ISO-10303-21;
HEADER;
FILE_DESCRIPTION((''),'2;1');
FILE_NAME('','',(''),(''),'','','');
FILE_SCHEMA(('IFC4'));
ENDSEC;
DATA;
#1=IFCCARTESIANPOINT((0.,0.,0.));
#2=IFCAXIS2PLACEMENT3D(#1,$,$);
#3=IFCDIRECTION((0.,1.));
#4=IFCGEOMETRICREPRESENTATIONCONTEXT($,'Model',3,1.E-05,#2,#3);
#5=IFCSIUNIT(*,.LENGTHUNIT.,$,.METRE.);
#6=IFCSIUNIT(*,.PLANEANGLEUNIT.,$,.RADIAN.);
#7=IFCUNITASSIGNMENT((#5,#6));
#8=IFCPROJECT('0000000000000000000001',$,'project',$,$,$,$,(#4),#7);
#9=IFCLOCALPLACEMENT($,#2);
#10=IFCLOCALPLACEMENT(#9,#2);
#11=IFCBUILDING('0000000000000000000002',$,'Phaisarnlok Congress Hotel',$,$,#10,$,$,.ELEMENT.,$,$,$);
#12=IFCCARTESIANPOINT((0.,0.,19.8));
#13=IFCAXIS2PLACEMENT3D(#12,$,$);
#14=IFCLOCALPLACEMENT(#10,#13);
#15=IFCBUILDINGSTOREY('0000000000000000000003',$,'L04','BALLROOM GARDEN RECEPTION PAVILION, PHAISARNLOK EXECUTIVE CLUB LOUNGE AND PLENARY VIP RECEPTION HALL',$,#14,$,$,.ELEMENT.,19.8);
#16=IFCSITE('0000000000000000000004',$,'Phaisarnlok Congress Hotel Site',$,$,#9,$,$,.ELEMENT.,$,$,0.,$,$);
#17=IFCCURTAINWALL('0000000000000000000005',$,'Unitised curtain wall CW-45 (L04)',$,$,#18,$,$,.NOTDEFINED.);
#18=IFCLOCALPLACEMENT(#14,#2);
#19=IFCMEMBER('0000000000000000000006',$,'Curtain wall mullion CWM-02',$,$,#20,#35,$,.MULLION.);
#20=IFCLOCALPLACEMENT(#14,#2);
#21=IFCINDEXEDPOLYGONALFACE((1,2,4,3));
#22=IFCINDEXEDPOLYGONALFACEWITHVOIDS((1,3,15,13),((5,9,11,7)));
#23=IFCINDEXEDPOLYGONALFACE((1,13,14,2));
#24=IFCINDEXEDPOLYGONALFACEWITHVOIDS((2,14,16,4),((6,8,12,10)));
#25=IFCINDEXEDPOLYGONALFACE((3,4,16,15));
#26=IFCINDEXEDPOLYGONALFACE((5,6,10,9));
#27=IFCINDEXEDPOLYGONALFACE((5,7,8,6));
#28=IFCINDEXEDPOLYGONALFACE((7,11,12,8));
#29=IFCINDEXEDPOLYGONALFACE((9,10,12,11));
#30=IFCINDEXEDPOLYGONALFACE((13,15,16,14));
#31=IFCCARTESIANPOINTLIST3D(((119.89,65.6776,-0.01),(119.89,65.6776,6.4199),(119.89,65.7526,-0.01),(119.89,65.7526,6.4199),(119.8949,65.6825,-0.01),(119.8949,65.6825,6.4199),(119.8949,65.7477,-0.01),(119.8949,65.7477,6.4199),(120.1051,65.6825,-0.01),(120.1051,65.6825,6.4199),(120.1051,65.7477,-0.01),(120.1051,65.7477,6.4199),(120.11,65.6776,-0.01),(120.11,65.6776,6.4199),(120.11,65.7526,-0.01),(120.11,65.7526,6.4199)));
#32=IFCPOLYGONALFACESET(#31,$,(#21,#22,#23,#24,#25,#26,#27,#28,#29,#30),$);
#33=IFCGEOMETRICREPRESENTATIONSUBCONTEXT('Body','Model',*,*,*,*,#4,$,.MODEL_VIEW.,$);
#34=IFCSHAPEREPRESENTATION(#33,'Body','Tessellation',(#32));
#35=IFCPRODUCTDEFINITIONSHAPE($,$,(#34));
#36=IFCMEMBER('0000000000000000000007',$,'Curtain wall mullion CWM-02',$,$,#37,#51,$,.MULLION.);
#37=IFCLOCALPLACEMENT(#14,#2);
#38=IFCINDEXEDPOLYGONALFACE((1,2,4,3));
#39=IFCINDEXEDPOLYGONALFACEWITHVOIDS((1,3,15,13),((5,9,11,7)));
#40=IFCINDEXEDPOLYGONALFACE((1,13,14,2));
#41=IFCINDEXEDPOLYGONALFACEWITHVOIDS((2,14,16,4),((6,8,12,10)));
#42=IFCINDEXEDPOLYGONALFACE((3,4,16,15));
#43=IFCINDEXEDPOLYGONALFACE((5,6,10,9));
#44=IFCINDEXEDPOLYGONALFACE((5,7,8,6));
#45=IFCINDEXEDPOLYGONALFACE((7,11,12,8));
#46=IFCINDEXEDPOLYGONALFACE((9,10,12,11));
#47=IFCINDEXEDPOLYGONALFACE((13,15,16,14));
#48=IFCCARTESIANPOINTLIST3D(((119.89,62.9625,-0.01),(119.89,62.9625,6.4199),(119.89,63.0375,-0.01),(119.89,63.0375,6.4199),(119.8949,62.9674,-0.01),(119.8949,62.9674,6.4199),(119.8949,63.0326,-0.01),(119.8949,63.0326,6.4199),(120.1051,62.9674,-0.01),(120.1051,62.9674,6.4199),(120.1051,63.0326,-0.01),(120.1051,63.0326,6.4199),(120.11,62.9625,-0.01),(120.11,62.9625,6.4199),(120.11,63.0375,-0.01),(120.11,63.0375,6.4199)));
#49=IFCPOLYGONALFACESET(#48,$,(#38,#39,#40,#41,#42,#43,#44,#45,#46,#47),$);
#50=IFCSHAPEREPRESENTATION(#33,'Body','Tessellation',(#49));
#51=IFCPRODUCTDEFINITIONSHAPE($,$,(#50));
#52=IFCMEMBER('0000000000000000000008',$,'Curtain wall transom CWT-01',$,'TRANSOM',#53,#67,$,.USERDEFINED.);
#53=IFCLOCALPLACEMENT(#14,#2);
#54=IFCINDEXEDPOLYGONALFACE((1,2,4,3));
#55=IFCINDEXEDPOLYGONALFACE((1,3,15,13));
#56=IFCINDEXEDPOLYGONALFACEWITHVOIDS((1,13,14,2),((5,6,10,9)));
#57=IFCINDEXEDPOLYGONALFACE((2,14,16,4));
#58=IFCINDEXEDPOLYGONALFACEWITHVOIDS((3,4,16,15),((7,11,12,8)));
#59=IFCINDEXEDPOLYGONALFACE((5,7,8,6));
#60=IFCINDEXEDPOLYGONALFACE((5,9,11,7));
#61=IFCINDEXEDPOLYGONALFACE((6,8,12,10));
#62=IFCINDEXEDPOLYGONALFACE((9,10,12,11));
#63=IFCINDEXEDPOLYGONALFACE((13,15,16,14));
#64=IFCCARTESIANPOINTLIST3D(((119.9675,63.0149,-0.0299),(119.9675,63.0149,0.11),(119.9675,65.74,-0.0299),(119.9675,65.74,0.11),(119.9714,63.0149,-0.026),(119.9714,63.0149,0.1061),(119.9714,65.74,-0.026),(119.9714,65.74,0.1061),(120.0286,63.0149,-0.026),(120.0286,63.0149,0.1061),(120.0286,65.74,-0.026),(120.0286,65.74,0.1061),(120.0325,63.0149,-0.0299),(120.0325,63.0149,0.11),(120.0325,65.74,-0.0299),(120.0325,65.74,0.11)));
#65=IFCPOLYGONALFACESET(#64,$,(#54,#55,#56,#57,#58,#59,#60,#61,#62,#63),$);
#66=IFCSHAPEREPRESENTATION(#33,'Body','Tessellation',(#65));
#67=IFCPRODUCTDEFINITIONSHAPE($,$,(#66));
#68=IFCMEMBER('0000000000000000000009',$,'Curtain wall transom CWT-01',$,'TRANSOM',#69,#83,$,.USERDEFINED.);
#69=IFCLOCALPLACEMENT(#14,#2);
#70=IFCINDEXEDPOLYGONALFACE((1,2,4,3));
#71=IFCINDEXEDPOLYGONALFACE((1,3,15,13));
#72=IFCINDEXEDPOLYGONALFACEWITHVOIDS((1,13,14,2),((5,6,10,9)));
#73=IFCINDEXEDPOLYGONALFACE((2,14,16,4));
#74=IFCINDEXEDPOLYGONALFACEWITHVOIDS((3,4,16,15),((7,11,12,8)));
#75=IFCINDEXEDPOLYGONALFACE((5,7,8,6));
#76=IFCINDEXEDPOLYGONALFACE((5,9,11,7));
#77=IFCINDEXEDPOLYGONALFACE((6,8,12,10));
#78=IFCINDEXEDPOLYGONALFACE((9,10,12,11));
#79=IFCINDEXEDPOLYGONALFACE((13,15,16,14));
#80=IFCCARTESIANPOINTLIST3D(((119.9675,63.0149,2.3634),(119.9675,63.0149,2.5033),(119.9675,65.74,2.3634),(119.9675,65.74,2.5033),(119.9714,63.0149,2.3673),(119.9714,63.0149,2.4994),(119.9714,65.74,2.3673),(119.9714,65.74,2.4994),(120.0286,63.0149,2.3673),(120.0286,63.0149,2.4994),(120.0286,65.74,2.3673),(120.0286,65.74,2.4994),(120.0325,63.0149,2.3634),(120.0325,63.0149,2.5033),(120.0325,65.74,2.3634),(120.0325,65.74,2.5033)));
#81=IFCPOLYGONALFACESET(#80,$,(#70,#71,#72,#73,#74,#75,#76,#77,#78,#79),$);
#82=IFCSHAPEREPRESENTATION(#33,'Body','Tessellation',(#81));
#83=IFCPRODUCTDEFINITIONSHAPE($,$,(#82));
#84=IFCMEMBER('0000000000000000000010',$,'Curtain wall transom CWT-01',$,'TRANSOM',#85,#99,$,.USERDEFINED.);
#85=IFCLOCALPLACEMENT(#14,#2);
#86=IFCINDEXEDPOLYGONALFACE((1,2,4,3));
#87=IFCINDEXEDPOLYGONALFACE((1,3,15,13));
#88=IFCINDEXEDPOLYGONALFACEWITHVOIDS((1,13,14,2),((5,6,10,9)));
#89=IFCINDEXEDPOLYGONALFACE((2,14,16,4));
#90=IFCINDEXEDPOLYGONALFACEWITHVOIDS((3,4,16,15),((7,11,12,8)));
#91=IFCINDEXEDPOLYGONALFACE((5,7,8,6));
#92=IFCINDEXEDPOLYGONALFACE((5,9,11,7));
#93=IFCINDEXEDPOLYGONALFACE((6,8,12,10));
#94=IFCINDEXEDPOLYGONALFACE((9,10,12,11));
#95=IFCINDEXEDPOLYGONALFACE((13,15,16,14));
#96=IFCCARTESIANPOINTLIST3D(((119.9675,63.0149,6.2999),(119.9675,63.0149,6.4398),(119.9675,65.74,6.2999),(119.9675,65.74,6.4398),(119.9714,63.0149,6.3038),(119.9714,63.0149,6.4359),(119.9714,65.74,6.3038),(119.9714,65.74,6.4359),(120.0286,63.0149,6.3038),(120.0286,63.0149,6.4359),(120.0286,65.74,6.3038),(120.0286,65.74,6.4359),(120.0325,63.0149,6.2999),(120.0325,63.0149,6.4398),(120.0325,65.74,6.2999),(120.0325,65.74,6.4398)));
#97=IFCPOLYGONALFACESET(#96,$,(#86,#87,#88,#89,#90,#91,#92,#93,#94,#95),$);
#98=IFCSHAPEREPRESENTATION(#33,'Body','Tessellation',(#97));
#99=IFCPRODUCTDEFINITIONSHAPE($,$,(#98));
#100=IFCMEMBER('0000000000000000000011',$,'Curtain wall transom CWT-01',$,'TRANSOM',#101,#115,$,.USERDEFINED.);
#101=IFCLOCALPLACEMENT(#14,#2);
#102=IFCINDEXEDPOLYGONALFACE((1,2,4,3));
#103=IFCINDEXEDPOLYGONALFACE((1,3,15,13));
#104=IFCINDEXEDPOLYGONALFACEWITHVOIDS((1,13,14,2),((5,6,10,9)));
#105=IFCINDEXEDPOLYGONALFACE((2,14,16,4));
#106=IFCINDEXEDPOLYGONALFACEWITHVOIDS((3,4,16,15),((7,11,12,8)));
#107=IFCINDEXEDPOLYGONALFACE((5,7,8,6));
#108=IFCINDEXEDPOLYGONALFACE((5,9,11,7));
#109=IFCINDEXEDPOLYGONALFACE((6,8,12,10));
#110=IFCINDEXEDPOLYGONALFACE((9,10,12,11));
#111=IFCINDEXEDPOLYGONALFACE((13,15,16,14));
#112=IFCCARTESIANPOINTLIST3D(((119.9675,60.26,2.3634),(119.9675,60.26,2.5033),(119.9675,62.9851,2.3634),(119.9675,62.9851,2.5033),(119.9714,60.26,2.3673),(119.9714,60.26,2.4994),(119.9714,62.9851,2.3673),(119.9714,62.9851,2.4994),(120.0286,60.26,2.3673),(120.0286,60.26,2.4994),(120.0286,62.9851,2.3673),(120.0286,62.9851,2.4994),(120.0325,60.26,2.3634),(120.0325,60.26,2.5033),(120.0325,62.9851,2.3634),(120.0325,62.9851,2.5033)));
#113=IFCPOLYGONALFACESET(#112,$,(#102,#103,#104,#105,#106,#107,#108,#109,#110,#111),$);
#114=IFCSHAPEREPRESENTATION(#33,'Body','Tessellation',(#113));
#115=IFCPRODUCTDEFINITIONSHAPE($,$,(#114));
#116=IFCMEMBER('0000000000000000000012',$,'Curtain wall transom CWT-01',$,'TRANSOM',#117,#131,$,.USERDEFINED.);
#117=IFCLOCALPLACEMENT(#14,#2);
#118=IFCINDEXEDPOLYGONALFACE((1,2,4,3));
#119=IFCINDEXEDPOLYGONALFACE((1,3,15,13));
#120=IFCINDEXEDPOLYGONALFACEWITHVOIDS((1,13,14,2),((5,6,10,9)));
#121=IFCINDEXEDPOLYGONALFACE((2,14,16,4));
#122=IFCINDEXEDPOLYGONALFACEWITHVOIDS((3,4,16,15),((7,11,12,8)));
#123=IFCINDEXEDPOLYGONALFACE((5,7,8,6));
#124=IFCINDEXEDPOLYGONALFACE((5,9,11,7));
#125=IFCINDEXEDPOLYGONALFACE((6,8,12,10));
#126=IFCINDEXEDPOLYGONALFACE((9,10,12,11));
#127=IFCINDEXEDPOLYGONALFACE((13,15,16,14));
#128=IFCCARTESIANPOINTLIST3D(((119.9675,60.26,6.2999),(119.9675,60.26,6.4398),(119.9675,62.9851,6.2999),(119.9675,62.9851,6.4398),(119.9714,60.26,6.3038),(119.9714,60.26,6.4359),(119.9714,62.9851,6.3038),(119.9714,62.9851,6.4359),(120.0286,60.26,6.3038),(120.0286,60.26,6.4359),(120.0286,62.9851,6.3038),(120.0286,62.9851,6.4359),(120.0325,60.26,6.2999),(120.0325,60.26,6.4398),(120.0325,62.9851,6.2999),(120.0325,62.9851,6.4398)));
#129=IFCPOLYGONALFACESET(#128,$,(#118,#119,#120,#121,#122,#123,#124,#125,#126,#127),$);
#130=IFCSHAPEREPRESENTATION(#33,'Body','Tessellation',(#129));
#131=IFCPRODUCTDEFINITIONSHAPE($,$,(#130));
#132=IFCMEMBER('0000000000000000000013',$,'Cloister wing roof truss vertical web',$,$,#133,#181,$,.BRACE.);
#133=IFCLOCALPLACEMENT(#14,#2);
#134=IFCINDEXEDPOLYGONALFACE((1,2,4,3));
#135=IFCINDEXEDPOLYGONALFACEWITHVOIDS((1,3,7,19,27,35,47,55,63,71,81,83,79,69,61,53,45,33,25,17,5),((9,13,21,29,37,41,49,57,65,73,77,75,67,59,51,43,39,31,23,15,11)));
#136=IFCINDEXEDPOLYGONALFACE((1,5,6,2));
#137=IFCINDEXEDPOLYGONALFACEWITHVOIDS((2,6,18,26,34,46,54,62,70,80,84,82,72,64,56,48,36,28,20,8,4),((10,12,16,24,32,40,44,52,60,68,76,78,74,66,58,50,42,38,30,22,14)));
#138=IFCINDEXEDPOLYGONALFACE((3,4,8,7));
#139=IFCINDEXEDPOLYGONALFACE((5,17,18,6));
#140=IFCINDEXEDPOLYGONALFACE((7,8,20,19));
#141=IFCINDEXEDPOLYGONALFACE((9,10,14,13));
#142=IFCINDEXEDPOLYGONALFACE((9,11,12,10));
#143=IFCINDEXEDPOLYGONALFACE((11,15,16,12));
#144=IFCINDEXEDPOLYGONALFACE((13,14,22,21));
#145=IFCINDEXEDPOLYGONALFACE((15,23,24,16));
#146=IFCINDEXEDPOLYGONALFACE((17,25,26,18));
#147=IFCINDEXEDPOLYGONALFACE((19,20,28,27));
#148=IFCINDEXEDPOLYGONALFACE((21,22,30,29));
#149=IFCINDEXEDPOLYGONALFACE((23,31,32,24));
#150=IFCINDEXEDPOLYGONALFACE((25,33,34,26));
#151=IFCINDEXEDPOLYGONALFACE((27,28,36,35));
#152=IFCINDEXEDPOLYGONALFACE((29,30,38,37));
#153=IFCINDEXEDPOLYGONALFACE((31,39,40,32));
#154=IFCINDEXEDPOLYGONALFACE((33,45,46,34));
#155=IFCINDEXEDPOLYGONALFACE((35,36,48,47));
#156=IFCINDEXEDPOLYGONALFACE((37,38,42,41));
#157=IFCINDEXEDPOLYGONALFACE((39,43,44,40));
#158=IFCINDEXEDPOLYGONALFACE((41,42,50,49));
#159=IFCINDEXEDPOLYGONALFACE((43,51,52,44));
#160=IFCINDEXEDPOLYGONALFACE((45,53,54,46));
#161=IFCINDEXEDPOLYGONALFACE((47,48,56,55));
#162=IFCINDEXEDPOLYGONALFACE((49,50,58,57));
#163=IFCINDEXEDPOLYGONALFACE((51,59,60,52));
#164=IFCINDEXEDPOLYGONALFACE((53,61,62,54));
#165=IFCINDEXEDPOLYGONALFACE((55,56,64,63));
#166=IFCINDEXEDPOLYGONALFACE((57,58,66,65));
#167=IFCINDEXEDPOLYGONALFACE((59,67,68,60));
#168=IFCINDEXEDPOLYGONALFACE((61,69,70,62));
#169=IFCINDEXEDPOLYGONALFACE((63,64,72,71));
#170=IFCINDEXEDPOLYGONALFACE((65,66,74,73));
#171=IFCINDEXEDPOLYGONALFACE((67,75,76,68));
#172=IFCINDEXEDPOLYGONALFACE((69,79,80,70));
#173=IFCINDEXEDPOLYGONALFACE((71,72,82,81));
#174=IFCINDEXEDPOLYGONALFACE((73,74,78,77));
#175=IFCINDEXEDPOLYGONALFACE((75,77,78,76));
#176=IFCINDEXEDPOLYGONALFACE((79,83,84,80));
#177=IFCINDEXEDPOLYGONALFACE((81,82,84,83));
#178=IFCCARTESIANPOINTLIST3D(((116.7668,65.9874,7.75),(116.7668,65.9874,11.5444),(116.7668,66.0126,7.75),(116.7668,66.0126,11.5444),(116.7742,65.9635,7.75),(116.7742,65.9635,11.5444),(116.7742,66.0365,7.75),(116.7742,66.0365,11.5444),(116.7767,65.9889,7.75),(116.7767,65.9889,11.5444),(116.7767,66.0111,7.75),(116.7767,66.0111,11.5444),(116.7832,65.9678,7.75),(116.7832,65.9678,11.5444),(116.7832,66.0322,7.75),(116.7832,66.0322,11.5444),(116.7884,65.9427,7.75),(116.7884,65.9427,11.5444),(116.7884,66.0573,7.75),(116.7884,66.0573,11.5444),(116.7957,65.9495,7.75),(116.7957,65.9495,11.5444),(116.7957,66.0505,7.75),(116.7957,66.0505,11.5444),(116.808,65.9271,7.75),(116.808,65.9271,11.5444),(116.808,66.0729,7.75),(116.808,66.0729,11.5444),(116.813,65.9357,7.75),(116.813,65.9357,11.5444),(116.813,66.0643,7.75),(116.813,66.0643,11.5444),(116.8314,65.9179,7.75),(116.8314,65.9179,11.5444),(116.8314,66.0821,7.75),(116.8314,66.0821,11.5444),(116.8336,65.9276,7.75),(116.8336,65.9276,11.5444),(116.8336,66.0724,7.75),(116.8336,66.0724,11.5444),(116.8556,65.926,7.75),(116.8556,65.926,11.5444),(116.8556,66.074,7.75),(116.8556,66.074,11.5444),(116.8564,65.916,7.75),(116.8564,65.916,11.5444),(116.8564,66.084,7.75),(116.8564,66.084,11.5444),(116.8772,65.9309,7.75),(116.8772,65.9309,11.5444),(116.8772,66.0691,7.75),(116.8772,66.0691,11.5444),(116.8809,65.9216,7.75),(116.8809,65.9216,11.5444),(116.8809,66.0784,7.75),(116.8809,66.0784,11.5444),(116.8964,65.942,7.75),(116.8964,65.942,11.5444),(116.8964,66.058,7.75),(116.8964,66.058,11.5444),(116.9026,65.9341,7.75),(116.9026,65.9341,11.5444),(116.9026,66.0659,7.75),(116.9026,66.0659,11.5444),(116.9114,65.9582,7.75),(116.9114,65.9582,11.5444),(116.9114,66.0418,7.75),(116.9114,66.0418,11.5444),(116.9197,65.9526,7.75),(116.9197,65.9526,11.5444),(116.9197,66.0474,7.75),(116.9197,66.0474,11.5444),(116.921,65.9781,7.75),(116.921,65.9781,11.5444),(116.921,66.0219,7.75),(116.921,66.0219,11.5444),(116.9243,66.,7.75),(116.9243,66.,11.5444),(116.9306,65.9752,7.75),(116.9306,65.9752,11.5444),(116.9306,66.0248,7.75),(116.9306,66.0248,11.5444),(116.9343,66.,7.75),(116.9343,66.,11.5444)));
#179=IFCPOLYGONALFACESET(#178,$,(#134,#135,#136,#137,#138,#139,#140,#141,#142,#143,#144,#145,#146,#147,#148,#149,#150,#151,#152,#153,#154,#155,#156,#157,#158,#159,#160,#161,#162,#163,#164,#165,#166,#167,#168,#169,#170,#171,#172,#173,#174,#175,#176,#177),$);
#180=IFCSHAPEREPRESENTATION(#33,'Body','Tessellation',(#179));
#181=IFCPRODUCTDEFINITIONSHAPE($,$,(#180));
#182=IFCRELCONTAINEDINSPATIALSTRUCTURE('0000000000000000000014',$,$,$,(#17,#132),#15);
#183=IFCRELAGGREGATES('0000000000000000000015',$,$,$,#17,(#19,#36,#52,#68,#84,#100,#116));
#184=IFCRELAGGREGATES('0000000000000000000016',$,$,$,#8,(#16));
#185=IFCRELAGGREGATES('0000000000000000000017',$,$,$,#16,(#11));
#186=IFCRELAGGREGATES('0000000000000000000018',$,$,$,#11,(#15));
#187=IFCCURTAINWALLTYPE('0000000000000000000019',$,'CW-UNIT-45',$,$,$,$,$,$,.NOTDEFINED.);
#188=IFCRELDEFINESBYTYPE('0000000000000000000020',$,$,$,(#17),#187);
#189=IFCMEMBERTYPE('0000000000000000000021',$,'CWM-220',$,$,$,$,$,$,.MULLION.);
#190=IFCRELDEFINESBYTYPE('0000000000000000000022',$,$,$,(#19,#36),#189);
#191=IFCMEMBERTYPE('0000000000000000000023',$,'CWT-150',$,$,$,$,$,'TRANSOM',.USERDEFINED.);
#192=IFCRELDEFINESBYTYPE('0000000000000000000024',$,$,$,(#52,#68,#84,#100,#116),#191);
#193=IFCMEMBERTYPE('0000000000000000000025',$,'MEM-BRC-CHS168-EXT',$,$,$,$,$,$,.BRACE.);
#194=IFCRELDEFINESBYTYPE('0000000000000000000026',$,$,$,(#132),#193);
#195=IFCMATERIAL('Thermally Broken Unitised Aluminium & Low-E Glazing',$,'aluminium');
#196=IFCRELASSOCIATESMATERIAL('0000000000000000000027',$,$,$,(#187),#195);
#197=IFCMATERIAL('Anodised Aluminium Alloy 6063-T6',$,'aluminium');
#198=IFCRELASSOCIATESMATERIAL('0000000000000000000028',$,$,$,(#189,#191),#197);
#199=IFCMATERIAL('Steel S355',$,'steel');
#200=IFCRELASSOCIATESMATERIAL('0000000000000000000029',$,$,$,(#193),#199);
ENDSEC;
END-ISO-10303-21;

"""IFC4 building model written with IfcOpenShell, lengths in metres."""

from ifc_helpers import new_model, si_unit, direction, frame, origin, origin_2d, place, context, subcontext, project, spatial, hollow_rectangle, hollow_circle, extrude, material, material_profile, profile_set, type_object, element, aggregate, save


model = new_model("IFC4")

# Units and contexts
model_context = context("Model", 3, precision=1e-05, world=origin(), true_north=direction((0.0, 1.0)))
body_context = subcontext(model_context, "Body", "Model", "MODEL_VIEW")
ifc_project = project(units=[si_unit("LENGTHUNIT", "METRE"), si_unit("PLANEANGLEUNIT", "RADIAN")], contexts=[model_context])

# Site, building, storey
site_placement = place(None, origin())
site = spatial("IfcSite", under=ifc_project, at=site_placement, Name="Phaisarnlok Congress Hotel Site", CompositionType="ELEMENT", RefElevation=0.0)
building_placement = place(site_placement, origin())
building = spatial("IfcBuilding", under=site, at=building_placement, Name="Phaisarnlok Congress Hotel", CompositionType="ELEMENT")
storey_placement = place(building_placement, frame((0.0, 0.0, 19.8)))
storey = spatial("IfcBuildingStorey", under=building, at=storey_placement, Name="L04", Description="BALLROOM GARDEN RECEPTION PAVILION, PHAISARNLOK EXECUTIVE CLUB LOUNGE AND PLENARY VIP RECEPTION HALL", CompositionType="ELEMENT", Elevation=19.8)

# Curtain wall, members
ifc_material_1 = material(Name="Thermally Broken Unitised Aluminium & Low-E Glazing", Category="aluminium")
curtain_wall_type = type_object("IfcCurtainWallType", Name="CW-UNIT-45", PredefinedType="NOTDEFINED", material=ifc_material_1)
curtain_wall_placement = place(storey_placement, origin())
curtain_wall = element("IfcCurtainWall", 1, at=curtain_wall_placement, inside=storey, type_object=curtain_wall_type, Name="Unitised curtain wall CW-45 (L04)", PredefinedType="NOTDEFINED")
ifc_material_2 = material(Name="Anodised Aluminium Alloy 6063-T6", Category="aluminium")
ifc_material_profile_1 = material_profile(ifc_material_2, hollow_rectangle(XDim=0.075, YDim=0.22, WallThickness=0.0049, at=origin_2d()), Name="ALU-M 75x220x5")
ifc_profile_set_1 = profile_set([ifc_material_profile_1], Name="Anodised Aluminium Alloy 6063-T6")
member_type_1 = type_object("IfcMemberType", Name="CWM-220", PredefinedType="MULLION", material=ifc_profile_set_1)
member_1_placement = place(storey_placement, frame((120.0, 65.7151, -0.01), z_axis=(0.0, 0.0, 1.0), x_axis=(0.0, -1.0, 0.0)))
member_1 = element("IfcMember", 2, at=member_1_placement, type_object=member_type_1, Name="Curtain wall mullion CWM-02", PredefinedType="MULLION", context=body_context, shape_type="SweptSolid", body=[
    extrude(hollow_rectangle(XDim=0.075, YDim=0.22, WallThickness=0.0049, at=origin_2d()), origin(), (0.0, 0.0, 1.0), 6.4299),
])
member_2_placement = place(storey_placement, frame((120.0, 63.0, -0.01), z_axis=(0.0, 0.0, 1.0), x_axis=(0.0, -1.0, 0.0)))
member_2 = element("IfcMember", 3, at=member_2_placement, type_object=member_type_1, Name="Curtain wall mullion CWM-02", PredefinedType="MULLION", context=body_context, shape_type="SweptSolid", body=[
    extrude(hollow_rectangle(XDim=0.075, YDim=0.22, WallThickness=0.0049, at=origin_2d()), origin(), (0.0, 0.0, 1.0), 6.4299),
])
ifc_material_profile_2 = material_profile(ifc_material_2, hollow_rectangle(XDim=0.0649, YDim=0.1399, WallThickness=0.0039, at=origin_2d()), Name="ALU-T 65x140x4")
ifc_profile_set_2 = profile_set([ifc_material_profile_2], Name="Anodised Aluminium Alloy 6063-T6")
member_type_2 = type_object("IfcMemberType", Name="CWT-150", ElementType="TRANSOM", PredefinedType="USERDEFINED", material=ifc_profile_set_2)
member_3_placement = place(storey_placement, frame((120.0, 65.74, 0.04), z_axis=(0.0, -1.0, 0.0), x_axis=(1.0, 0.0, 0.0)))
member_3 = element("IfcMember", 4, at=member_3_placement, type_object=member_type_2, Name="Curtain wall transom CWT-01", ObjectType="TRANSOM", PredefinedType="USERDEFINED", context=body_context, shape_type="SweptSolid", body=[
    extrude(hollow_rectangle(XDim=0.0649, YDim=0.1399, WallThickness=0.0039, at=origin_2d()), origin(), (0.0, 0.0, 1.0), 2.7251),
])
member_4_placement = place(storey_placement, frame((120.0, 65.74, 2.4333), z_axis=(0.0, -1.0, 0.0), x_axis=(1.0, 0.0, 0.0)))
member_4 = element("IfcMember", 5, at=member_4_placement, type_object=member_type_2, Name="Curtain wall transom CWT-01", ObjectType="TRANSOM", PredefinedType="USERDEFINED", context=body_context, shape_type="SweptSolid", body=[
    extrude(hollow_rectangle(XDim=0.0649, YDim=0.1399, WallThickness=0.0039, at=origin_2d()), origin(), (0.0, 0.0, 1.0), 2.7251),
])
member_5_placement = place(storey_placement, frame((120.0, 65.74, 6.3699), z_axis=(0.0, -1.0, 0.0), x_axis=(1.0, 0.0, 0.0)))
member_5 = element("IfcMember", 6, at=member_5_placement, type_object=member_type_2, Name="Curtain wall transom CWT-01", ObjectType="TRANSOM", PredefinedType="USERDEFINED", context=body_context, shape_type="SweptSolid", body=[
    extrude(hollow_rectangle(XDim=0.0649, YDim=0.1399, WallThickness=0.0039, at=origin_2d()), origin(), (0.0, 0.0, 1.0), 2.7251),
])
member_6_placement = place(storey_placement, frame((120.0, 62.9851, 2.4333), z_axis=(0.0, -1.0, 0.0), x_axis=(1.0, 0.0, 0.0)))
member_6 = element("IfcMember", 7, at=member_6_placement, type_object=member_type_2, Name="Curtain wall transom CWT-01", ObjectType="TRANSOM", PredefinedType="USERDEFINED", context=body_context, shape_type="SweptSolid", body=[
    extrude(hollow_rectangle(XDim=0.0649, YDim=0.1399, WallThickness=0.0039, at=origin_2d()), origin(), (0.0, 0.0, 1.0), 2.7251),
])
member_7_placement = place(storey_placement, frame((120.0, 62.9851, 6.3699), z_axis=(0.0, -1.0, 0.0), x_axis=(1.0, 0.0, 0.0)))
member_7 = element("IfcMember", 8, at=member_7_placement, type_object=member_type_2, Name="Curtain wall transom CWT-01", ObjectType="TRANSOM", PredefinedType="USERDEFINED", context=body_context, shape_type="SweptSolid", body=[
    extrude(hollow_rectangle(XDim=0.0649, YDim=0.1399, WallThickness=0.0039, at=origin_2d()), origin(), (0.0, 0.0, 1.0), 2.7251),
])

# Member
ifc_material_3 = material(Name="Steel S355", Category="steel")
ifc_material_profile_3 = material_profile(ifc_material_3, hollow_circle(Radius=0.0842, WallThickness=0.01, at=origin_2d()), Name="CHS 168.3x10")
ifc_profile_set_3 = profile_set([ifc_material_profile_3], Name="Steel S355")
member_type_3 = type_object("IfcMemberType", Name="MEM-BRC-CHS168-EXT", PredefinedType="BRACE", material=ifc_profile_set_3)
member_8_placement = place(storey_placement, frame((116.8501, 66.0, 7.75), z_axis=(0.0, 0.0, 1.0), x_axis=(1.0, 0.0, 0.0)))
element("IfcMember", 9, at=member_8_placement, inside=storey, type_object=member_type_3, Name="Cloister wing roof truss vertical web", PredefinedType="BRACE", context=body_context, shape_type="SweptSolid", body=[
    extrude(hollow_circle(Radius=0.0842, WallThickness=0.01, at=origin_2d()), origin(), (0.0, 0.0, 1.0), 3.7944),
])

aggregate(curtain_wall, [member_1, member_2, member_3, member_4, member_5, member_6, member_7])

save(model, "model.ifc")
